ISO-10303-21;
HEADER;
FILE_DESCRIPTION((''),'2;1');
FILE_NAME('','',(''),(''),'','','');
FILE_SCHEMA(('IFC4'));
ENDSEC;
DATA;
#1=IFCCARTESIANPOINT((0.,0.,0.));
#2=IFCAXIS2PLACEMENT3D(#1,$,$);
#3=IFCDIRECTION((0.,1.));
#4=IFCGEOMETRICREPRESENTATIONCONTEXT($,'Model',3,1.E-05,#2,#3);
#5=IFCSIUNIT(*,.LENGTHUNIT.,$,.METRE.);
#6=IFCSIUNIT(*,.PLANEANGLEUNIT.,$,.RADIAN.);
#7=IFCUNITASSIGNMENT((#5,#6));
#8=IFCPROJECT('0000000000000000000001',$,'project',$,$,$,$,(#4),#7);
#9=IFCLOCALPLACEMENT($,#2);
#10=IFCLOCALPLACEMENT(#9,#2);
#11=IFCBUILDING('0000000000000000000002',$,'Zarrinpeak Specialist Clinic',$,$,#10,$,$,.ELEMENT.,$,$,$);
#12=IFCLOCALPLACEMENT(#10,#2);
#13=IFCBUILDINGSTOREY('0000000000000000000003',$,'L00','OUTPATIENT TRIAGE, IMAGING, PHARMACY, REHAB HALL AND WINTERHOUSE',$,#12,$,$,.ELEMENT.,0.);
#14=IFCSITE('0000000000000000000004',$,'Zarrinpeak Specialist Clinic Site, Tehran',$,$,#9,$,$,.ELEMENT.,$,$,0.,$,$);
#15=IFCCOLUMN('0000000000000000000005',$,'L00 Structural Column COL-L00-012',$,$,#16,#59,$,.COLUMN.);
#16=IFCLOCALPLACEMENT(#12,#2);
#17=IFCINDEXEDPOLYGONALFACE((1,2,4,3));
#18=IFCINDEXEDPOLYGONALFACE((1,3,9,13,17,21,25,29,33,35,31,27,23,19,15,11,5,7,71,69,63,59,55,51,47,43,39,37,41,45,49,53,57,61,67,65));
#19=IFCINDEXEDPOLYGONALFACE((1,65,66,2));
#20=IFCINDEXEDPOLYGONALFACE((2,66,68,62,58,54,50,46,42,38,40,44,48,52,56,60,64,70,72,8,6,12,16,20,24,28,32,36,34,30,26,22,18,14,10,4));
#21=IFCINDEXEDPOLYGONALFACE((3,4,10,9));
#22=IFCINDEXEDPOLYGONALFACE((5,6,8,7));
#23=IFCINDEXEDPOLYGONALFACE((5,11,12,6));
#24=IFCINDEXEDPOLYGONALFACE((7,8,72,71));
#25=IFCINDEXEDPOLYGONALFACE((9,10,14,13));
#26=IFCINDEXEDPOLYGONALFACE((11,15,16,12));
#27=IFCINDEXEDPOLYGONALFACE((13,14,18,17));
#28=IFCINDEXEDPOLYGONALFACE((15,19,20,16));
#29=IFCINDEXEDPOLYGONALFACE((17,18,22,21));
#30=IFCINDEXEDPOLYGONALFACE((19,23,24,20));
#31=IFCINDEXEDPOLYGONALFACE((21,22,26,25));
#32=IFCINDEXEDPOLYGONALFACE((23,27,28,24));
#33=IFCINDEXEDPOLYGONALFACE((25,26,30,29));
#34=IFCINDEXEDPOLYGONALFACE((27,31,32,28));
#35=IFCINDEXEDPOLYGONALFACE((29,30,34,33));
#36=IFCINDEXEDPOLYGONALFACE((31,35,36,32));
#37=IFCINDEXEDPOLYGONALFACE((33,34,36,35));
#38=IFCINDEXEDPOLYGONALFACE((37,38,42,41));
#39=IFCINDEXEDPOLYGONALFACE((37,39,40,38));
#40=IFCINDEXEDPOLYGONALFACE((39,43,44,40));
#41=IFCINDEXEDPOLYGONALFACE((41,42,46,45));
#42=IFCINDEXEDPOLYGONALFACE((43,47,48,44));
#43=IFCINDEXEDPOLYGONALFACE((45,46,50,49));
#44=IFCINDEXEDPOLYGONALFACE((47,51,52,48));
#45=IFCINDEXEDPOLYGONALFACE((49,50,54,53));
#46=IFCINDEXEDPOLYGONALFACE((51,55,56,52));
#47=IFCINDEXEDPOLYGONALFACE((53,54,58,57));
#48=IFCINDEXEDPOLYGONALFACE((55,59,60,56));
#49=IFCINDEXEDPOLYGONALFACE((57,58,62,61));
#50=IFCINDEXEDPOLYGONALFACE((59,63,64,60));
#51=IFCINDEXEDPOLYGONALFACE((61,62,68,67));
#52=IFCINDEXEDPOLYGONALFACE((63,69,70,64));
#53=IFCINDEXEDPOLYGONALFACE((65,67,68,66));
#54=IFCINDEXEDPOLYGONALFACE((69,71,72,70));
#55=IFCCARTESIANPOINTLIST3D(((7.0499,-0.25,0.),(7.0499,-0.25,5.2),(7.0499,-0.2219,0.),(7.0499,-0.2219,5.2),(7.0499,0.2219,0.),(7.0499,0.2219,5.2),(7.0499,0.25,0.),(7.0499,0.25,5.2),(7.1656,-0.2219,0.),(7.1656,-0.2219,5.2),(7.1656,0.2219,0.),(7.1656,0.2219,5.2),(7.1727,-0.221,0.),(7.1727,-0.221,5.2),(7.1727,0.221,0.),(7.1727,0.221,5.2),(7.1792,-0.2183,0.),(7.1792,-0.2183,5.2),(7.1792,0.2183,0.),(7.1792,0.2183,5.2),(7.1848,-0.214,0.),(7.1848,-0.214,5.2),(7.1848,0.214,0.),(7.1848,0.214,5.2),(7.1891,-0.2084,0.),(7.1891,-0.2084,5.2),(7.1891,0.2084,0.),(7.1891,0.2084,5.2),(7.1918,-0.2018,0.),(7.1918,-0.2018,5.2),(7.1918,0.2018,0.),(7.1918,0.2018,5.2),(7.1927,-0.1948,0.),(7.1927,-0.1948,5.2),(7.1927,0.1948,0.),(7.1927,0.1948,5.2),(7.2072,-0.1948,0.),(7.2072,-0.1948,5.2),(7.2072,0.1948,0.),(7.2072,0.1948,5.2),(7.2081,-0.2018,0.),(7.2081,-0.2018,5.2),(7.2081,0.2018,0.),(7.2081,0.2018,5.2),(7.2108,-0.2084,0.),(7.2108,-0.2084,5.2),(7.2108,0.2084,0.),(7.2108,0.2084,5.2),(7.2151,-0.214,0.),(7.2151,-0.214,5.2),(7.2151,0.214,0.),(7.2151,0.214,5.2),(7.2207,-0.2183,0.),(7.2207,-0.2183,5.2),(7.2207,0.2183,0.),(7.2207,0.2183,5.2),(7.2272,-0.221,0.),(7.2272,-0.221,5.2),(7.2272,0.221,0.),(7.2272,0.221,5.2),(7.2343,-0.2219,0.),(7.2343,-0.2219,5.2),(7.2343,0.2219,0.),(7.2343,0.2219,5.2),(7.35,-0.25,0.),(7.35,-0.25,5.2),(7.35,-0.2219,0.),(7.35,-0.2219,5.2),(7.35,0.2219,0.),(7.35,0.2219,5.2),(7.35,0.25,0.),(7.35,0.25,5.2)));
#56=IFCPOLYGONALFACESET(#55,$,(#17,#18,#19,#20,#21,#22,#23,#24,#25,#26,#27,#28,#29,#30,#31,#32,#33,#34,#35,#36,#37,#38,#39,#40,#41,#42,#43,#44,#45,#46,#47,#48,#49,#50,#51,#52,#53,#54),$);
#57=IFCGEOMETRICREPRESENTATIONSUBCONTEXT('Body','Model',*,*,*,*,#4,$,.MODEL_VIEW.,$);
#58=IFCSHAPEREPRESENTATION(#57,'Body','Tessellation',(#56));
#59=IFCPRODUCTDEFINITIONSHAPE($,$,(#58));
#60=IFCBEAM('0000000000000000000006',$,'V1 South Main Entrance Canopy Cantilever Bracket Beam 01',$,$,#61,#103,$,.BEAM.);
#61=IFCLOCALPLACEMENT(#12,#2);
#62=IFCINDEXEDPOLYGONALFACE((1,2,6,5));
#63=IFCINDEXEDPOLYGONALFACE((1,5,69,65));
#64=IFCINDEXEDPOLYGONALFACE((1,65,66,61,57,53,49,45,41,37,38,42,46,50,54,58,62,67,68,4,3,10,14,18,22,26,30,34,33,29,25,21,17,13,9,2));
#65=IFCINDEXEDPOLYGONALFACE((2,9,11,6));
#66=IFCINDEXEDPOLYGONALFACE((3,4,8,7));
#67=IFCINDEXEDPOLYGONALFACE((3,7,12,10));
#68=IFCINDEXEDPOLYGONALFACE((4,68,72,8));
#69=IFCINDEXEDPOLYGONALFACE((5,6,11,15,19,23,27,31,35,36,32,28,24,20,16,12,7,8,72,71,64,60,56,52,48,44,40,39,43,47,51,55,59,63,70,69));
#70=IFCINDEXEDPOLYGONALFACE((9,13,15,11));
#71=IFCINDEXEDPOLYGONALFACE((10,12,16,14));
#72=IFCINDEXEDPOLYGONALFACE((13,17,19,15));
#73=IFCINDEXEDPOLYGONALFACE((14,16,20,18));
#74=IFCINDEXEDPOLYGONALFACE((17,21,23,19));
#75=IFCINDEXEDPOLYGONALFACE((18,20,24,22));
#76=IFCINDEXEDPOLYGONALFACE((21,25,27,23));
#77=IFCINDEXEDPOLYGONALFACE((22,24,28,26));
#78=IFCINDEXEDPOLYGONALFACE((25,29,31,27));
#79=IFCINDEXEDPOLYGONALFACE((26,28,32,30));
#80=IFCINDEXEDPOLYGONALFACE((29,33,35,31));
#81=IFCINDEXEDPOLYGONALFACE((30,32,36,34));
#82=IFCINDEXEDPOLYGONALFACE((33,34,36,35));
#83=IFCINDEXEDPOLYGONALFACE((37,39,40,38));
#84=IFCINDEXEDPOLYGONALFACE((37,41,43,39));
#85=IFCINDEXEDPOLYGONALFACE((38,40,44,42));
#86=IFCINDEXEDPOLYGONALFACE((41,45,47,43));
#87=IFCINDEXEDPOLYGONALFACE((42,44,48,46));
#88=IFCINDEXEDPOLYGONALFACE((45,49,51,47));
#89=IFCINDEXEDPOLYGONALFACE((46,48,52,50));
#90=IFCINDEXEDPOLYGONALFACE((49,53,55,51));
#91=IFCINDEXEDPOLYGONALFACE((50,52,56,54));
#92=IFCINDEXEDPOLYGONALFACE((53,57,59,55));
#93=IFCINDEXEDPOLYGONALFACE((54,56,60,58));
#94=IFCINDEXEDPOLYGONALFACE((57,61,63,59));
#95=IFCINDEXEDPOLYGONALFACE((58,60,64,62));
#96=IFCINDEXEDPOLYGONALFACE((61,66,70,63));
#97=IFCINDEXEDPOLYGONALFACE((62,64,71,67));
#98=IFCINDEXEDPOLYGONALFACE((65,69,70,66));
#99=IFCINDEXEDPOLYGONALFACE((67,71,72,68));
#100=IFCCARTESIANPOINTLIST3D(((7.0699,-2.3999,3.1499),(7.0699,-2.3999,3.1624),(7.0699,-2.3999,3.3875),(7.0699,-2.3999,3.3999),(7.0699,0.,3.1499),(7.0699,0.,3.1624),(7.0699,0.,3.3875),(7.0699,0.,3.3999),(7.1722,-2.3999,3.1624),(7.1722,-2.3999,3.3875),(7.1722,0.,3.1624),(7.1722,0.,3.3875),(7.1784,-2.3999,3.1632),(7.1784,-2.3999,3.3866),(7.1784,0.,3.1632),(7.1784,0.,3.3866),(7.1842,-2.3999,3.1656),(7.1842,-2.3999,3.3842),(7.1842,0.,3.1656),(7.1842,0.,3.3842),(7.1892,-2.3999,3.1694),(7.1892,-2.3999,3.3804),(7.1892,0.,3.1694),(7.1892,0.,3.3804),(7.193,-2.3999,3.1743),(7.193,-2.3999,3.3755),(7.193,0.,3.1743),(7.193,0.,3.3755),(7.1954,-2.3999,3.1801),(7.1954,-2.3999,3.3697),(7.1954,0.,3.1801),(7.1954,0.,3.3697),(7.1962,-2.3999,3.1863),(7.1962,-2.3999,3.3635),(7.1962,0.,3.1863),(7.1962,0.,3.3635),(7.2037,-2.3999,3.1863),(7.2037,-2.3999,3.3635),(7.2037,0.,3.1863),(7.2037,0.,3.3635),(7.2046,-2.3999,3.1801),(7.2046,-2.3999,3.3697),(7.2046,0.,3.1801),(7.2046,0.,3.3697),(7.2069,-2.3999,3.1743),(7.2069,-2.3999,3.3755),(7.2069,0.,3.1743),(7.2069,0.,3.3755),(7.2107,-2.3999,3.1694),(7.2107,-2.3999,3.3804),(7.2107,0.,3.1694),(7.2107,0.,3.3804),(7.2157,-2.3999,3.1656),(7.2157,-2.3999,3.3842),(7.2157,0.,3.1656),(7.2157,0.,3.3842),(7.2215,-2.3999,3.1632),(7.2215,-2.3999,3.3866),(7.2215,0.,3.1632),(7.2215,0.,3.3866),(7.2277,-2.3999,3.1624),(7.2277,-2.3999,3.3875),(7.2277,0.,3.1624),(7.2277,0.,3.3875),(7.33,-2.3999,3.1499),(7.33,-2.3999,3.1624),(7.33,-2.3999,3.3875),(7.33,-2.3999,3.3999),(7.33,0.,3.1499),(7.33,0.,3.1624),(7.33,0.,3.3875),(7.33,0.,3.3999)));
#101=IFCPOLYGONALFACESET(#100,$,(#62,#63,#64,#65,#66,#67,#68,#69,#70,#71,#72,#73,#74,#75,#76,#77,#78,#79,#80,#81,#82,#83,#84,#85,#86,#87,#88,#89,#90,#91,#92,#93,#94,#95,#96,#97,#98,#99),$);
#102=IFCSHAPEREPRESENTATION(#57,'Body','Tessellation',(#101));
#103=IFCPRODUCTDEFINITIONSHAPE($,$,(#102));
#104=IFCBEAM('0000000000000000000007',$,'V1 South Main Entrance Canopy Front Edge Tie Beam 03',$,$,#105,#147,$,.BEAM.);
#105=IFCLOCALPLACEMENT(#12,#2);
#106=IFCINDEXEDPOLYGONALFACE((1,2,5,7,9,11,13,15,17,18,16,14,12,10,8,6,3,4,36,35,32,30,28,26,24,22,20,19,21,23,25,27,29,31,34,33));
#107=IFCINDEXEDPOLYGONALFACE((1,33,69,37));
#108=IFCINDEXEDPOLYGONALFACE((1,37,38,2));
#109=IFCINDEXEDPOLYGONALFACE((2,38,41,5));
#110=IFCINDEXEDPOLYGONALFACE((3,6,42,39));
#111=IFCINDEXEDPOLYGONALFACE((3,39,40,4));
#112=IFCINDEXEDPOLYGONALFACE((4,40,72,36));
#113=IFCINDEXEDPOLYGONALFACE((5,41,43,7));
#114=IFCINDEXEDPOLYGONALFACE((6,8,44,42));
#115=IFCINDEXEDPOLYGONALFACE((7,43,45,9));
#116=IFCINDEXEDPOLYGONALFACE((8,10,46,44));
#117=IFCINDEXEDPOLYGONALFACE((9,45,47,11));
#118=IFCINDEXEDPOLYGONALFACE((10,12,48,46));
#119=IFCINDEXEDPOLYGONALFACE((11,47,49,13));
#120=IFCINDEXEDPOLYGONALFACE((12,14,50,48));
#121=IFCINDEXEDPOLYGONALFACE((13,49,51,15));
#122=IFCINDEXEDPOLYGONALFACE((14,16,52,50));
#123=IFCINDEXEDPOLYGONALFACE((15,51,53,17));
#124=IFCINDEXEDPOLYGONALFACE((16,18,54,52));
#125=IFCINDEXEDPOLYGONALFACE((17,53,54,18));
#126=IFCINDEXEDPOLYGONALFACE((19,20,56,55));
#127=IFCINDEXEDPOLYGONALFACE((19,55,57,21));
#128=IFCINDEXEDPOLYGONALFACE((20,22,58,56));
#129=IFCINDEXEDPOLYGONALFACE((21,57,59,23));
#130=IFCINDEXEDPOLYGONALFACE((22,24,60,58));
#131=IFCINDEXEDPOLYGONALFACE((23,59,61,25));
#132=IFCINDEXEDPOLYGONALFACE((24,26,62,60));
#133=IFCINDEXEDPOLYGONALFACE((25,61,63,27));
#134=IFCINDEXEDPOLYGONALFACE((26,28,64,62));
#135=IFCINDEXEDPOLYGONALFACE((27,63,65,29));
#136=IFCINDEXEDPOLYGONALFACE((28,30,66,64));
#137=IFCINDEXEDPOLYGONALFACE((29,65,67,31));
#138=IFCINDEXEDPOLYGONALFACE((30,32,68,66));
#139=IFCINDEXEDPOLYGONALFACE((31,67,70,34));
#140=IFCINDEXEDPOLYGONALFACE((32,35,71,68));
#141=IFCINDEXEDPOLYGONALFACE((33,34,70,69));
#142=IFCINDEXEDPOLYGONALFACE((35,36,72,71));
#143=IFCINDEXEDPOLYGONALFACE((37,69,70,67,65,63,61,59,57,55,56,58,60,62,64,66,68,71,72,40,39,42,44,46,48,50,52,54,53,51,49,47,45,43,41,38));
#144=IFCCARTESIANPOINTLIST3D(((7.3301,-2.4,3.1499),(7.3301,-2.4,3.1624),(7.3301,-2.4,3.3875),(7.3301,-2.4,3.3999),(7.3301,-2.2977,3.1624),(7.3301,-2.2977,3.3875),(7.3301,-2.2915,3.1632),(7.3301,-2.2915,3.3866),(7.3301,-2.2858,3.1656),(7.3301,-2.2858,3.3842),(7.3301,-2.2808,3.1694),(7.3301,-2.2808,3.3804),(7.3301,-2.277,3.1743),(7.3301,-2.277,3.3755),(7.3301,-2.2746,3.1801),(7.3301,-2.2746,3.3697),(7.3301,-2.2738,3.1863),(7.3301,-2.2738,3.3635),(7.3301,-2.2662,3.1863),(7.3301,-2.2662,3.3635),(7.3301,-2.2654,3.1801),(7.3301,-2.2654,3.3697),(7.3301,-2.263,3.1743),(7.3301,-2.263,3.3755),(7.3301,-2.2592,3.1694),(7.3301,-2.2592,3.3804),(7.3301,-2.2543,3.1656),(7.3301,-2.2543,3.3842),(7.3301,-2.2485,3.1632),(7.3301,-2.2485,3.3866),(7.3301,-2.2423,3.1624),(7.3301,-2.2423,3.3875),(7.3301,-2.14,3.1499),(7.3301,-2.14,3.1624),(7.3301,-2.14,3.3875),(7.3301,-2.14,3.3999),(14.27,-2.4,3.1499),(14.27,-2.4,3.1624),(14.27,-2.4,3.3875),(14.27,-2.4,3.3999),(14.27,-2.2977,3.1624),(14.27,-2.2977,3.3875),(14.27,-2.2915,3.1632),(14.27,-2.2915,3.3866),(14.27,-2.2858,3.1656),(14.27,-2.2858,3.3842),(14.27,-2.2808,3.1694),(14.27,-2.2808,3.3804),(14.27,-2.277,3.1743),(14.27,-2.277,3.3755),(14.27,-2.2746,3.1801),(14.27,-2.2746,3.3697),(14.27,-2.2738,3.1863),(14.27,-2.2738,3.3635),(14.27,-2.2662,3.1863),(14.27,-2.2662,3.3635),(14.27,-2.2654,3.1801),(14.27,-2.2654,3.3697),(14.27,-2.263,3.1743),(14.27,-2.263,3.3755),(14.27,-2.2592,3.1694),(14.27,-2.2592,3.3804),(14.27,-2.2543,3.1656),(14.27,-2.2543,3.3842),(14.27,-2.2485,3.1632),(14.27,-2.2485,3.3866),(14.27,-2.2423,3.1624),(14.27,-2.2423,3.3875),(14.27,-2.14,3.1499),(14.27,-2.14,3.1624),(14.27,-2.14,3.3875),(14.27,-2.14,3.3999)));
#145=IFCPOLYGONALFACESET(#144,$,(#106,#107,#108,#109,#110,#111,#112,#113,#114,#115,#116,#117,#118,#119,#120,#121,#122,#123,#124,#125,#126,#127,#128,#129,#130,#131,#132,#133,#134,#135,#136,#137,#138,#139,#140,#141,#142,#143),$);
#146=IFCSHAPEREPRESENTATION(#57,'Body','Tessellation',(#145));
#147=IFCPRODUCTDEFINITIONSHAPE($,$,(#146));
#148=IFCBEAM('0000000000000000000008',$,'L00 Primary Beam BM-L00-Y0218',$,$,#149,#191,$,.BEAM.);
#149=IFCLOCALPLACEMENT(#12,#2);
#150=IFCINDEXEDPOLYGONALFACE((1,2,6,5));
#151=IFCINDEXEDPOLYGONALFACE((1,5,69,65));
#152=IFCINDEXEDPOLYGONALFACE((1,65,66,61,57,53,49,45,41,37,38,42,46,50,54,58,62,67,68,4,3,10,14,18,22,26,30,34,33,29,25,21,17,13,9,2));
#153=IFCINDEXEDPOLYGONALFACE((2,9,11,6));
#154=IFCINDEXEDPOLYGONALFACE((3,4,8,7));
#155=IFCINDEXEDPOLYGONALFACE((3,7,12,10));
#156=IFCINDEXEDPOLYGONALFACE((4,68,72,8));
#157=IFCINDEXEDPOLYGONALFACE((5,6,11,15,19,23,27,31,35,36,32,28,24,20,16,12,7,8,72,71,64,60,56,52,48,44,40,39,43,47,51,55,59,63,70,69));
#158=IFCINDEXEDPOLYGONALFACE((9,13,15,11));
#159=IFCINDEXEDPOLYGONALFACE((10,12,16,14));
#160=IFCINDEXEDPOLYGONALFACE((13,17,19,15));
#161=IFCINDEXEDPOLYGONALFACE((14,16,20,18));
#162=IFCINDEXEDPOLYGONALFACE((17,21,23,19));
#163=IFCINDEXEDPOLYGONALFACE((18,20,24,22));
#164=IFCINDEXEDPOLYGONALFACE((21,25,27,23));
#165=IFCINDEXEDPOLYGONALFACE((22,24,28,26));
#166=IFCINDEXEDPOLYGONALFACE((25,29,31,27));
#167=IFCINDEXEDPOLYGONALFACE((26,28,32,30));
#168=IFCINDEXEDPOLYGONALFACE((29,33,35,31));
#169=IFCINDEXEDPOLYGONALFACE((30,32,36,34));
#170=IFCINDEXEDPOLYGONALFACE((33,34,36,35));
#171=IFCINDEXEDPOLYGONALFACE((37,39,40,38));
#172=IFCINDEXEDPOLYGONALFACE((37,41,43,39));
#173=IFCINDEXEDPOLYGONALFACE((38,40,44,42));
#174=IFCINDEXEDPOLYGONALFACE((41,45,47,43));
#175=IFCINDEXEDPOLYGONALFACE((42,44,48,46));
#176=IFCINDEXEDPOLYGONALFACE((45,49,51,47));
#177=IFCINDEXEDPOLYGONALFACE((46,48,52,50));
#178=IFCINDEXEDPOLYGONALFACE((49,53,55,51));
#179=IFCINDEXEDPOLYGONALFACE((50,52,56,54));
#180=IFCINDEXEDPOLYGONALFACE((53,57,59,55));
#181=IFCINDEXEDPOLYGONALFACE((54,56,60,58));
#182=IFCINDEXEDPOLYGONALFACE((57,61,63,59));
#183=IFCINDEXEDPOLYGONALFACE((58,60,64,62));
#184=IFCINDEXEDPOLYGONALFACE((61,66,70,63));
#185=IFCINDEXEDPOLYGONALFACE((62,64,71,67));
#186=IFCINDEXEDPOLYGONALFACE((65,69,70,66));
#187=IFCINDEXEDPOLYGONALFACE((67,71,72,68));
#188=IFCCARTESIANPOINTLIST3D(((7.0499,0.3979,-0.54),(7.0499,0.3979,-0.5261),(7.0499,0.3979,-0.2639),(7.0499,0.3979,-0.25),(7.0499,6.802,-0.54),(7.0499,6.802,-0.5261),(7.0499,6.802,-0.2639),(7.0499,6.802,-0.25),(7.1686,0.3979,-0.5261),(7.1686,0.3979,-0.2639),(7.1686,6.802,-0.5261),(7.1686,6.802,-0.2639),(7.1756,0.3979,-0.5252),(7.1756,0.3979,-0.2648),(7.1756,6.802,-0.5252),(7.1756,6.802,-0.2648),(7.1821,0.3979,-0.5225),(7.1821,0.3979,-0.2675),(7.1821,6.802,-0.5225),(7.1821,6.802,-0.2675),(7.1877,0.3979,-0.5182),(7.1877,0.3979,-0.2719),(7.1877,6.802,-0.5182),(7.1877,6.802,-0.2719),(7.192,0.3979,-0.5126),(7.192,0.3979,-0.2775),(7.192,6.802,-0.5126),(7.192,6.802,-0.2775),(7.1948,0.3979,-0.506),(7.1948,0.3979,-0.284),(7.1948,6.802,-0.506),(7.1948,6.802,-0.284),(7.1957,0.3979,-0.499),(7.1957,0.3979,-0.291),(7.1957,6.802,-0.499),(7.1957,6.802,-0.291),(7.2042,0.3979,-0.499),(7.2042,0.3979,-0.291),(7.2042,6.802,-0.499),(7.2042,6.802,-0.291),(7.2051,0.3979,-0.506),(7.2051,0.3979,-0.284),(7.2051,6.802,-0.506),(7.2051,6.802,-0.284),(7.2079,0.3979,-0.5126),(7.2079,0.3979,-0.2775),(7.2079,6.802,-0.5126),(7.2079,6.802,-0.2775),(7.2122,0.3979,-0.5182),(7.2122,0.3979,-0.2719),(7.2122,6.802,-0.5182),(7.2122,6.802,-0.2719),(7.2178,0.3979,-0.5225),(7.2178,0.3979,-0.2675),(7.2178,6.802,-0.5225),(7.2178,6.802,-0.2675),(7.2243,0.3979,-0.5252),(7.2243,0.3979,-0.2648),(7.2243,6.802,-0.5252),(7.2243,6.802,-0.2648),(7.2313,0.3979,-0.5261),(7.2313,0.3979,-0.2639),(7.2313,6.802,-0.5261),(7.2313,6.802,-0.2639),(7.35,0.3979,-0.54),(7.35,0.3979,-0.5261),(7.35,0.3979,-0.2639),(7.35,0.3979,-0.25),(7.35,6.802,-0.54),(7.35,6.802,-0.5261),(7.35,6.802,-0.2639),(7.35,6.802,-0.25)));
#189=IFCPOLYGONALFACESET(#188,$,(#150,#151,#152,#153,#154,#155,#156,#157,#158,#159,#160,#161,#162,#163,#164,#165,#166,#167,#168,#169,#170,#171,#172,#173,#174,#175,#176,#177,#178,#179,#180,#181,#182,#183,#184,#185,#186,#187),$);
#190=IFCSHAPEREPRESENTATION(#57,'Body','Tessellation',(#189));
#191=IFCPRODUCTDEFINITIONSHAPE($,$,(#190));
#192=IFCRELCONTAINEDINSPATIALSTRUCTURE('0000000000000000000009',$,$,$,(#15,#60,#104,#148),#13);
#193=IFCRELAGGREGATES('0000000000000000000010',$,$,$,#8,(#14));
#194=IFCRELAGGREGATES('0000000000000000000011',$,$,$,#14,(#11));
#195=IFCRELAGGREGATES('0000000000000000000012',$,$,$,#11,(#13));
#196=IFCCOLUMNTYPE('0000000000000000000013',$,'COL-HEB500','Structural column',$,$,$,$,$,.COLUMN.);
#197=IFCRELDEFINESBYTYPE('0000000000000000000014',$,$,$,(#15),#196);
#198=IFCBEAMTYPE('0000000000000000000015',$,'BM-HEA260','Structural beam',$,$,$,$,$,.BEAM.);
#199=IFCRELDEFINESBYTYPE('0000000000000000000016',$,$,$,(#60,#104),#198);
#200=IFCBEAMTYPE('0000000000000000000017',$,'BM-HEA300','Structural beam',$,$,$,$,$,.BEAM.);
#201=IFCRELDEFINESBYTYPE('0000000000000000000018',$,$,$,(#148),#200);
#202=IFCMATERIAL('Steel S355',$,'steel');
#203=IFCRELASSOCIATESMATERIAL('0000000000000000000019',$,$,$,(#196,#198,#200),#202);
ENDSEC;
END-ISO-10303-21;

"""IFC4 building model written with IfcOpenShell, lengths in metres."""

from ifc_helpers import new_model, si_unit, direction, frame, origin, origin_2d, place, context, subcontext, project, spatial, i_section, extrude, material, material_profile, profile_set, type_object, element, save


model = new_model("IFC4")

# Units and contexts
model_context = context("Model", 3, precision=1e-05, world=origin(), true_north=direction((0.0, 1.0)))
body_context = subcontext(model_context, "Body", "Model", "MODEL_VIEW")
ifc_project = project(units=[si_unit("LENGTHUNIT", "METRE"), si_unit("PLANEANGLEUNIT", "RADIAN")], contexts=[model_context])

# Site, building, storey
site_placement = place(None, origin())
site = spatial("IfcSite", under=ifc_project, at=site_placement, Name="Zarrinpeak Specialist Clinic Site, Tehran", CompositionType="ELEMENT", RefElevation=0.0)
building_placement = place(site_placement, origin())
building = spatial("IfcBuilding", under=site, at=building_placement, Name="Zarrinpeak Specialist Clinic", CompositionType="ELEMENT")
storey_placement = place(building_placement, origin())
storey = spatial("IfcBuildingStorey", under=building, at=storey_placement, Name="L00", Description="OUTPATIENT TRIAGE, IMAGING, PHARMACY, REHAB HALL AND WINTERHOUSE", CompositionType="ELEMENT", Elevation=0.0)

# Column
ifc_material_1 = material(Name="Steel S355", Category="steel")
ifc_material_profile_1 = material_profile(ifc_material_1, i_section(OverallWidth=0.3, OverallDepth=0.5, WebThickness=0.0144, FlangeThickness=0.0281, FilletRadius=0.0271, at=origin_2d()), Name="HEB 500")
ifc_profile_set_1 = profile_set([ifc_material_profile_1], Name="Steel S355")
column_type = type_object("IfcColumnType", Name="COL-HEB500", Description="Structural column", PredefinedType="COLUMN", material=ifc_profile_set_1)
column_placement = place(storey_placement, frame((7.2, 0.0, 0.0), z_axis=(0.0, 0.0, 1.0), x_axis=(1.0, 0.0, 0.0)))
element("IfcColumn", 1, at=column_placement, inside=storey, type_object=column_type, Name="L00 Structural Column COL-L00-012", PredefinedType="COLUMN", context=body_context, shape_type="SweptSolid", body=[
    extrude(i_section(OverallWidth=0.3, OverallDepth=0.5, WebThickness=0.0144, FlangeThickness=0.0281, FilletRadius=0.0271, at=origin_2d()), origin(), (0.0, 0.0, 1.0), 5.2),
])

# Beams
ifc_material_profile_2 = material_profile(ifc_material_1, i_section(OverallWidth=0.26, OverallDepth=0.25, WebThickness=0.0076, FlangeThickness=0.0125, FilletRadius=0.0239, at=origin_2d()), Name="HEA 260")
ifc_profile_set_2 = profile_set([ifc_material_profile_2], Name="Steel S355")
beam_type_1 = type_object("IfcBeamType", Name="BM-HEA260", Description="Structural beam", PredefinedType="BEAM", material=ifc_profile_set_2)
beam_1_placement = place(storey_placement, frame((7.2, 0.0, 3.2749), z_axis=(0.0, -1.0, 0.0), x_axis=(1.0, 0.0, 0.0)))
element("IfcBeam", 2, at=beam_1_placement, inside=storey, type_object=beam_type_1, Name="V1 South Main Entrance Canopy Cantilever Bracket Beam 01", PredefinedType="BEAM", context=body_context, shape_type="SweptSolid", body=[
    extrude(i_section(OverallWidth=0.26, OverallDepth=0.25, WebThickness=0.0076, FlangeThickness=0.0125, FilletRadius=0.0239, at=origin_2d()), origin(), (0.0, 0.0, 1.0), 2.3999),
])
beam_2_placement = place(storey_placement, frame((7.3301, -2.27, 3.2749), z_axis=(1.0, 0.0, 0.0), x_axis=(0.0, 1.0, 0.0)))
element("IfcBeam", 3, at=beam_2_placement, inside=storey, type_object=beam_type_1, Name="V1 South Main Entrance Canopy Front Edge Tie Beam 03", PredefinedType="BEAM", context=body_context, shape_type="SweptSolid", body=[
    extrude(i_section(OverallWidth=0.26, OverallDepth=0.25, WebThickness=0.0076, FlangeThickness=0.0125, FilletRadius=0.0239, at=origin_2d()), origin(), (0.0, 0.0, 1.0), 6.9399),
])
ifc_material_profile_3 = material_profile(ifc_material_1, i_section(OverallWidth=0.3, OverallDepth=0.29, WebThickness=0.0085, FlangeThickness=0.0139, FilletRadius=0.0271, at=origin_2d()), Name="HEA 300")
ifc_profile_set_3 = profile_set([ifc_material_profile_3], Name="Steel S355")
beam_type_2 = type_object("IfcBeamType", Name="BM-HEA300", Description="Structural beam", PredefinedType="BEAM", material=ifc_profile_set_3)
beam_3_placement = place(storey_placement, frame((7.2, 0.3979, -0.395), z_axis=(0.0, 1.0, 0.0), x_axis=(-1.0, 0.0, 0.0)))
element("IfcBeam", 4, at=beam_3_placement, inside=storey, type_object=beam_type_2, Name="L00 Primary Beam BM-L00-Y0218", PredefinedType="BEAM", context=body_context, shape_type="SweptSolid", body=[
    extrude(i_section(OverallWidth=0.3, OverallDepth=0.29, WebThickness=0.0085, FlangeThickness=0.0139, FilletRadius=0.0271, at=origin_2d()), origin(), (0.0, 0.0, 1.0), 6.4041),
])

save(model, "model.ifc")
